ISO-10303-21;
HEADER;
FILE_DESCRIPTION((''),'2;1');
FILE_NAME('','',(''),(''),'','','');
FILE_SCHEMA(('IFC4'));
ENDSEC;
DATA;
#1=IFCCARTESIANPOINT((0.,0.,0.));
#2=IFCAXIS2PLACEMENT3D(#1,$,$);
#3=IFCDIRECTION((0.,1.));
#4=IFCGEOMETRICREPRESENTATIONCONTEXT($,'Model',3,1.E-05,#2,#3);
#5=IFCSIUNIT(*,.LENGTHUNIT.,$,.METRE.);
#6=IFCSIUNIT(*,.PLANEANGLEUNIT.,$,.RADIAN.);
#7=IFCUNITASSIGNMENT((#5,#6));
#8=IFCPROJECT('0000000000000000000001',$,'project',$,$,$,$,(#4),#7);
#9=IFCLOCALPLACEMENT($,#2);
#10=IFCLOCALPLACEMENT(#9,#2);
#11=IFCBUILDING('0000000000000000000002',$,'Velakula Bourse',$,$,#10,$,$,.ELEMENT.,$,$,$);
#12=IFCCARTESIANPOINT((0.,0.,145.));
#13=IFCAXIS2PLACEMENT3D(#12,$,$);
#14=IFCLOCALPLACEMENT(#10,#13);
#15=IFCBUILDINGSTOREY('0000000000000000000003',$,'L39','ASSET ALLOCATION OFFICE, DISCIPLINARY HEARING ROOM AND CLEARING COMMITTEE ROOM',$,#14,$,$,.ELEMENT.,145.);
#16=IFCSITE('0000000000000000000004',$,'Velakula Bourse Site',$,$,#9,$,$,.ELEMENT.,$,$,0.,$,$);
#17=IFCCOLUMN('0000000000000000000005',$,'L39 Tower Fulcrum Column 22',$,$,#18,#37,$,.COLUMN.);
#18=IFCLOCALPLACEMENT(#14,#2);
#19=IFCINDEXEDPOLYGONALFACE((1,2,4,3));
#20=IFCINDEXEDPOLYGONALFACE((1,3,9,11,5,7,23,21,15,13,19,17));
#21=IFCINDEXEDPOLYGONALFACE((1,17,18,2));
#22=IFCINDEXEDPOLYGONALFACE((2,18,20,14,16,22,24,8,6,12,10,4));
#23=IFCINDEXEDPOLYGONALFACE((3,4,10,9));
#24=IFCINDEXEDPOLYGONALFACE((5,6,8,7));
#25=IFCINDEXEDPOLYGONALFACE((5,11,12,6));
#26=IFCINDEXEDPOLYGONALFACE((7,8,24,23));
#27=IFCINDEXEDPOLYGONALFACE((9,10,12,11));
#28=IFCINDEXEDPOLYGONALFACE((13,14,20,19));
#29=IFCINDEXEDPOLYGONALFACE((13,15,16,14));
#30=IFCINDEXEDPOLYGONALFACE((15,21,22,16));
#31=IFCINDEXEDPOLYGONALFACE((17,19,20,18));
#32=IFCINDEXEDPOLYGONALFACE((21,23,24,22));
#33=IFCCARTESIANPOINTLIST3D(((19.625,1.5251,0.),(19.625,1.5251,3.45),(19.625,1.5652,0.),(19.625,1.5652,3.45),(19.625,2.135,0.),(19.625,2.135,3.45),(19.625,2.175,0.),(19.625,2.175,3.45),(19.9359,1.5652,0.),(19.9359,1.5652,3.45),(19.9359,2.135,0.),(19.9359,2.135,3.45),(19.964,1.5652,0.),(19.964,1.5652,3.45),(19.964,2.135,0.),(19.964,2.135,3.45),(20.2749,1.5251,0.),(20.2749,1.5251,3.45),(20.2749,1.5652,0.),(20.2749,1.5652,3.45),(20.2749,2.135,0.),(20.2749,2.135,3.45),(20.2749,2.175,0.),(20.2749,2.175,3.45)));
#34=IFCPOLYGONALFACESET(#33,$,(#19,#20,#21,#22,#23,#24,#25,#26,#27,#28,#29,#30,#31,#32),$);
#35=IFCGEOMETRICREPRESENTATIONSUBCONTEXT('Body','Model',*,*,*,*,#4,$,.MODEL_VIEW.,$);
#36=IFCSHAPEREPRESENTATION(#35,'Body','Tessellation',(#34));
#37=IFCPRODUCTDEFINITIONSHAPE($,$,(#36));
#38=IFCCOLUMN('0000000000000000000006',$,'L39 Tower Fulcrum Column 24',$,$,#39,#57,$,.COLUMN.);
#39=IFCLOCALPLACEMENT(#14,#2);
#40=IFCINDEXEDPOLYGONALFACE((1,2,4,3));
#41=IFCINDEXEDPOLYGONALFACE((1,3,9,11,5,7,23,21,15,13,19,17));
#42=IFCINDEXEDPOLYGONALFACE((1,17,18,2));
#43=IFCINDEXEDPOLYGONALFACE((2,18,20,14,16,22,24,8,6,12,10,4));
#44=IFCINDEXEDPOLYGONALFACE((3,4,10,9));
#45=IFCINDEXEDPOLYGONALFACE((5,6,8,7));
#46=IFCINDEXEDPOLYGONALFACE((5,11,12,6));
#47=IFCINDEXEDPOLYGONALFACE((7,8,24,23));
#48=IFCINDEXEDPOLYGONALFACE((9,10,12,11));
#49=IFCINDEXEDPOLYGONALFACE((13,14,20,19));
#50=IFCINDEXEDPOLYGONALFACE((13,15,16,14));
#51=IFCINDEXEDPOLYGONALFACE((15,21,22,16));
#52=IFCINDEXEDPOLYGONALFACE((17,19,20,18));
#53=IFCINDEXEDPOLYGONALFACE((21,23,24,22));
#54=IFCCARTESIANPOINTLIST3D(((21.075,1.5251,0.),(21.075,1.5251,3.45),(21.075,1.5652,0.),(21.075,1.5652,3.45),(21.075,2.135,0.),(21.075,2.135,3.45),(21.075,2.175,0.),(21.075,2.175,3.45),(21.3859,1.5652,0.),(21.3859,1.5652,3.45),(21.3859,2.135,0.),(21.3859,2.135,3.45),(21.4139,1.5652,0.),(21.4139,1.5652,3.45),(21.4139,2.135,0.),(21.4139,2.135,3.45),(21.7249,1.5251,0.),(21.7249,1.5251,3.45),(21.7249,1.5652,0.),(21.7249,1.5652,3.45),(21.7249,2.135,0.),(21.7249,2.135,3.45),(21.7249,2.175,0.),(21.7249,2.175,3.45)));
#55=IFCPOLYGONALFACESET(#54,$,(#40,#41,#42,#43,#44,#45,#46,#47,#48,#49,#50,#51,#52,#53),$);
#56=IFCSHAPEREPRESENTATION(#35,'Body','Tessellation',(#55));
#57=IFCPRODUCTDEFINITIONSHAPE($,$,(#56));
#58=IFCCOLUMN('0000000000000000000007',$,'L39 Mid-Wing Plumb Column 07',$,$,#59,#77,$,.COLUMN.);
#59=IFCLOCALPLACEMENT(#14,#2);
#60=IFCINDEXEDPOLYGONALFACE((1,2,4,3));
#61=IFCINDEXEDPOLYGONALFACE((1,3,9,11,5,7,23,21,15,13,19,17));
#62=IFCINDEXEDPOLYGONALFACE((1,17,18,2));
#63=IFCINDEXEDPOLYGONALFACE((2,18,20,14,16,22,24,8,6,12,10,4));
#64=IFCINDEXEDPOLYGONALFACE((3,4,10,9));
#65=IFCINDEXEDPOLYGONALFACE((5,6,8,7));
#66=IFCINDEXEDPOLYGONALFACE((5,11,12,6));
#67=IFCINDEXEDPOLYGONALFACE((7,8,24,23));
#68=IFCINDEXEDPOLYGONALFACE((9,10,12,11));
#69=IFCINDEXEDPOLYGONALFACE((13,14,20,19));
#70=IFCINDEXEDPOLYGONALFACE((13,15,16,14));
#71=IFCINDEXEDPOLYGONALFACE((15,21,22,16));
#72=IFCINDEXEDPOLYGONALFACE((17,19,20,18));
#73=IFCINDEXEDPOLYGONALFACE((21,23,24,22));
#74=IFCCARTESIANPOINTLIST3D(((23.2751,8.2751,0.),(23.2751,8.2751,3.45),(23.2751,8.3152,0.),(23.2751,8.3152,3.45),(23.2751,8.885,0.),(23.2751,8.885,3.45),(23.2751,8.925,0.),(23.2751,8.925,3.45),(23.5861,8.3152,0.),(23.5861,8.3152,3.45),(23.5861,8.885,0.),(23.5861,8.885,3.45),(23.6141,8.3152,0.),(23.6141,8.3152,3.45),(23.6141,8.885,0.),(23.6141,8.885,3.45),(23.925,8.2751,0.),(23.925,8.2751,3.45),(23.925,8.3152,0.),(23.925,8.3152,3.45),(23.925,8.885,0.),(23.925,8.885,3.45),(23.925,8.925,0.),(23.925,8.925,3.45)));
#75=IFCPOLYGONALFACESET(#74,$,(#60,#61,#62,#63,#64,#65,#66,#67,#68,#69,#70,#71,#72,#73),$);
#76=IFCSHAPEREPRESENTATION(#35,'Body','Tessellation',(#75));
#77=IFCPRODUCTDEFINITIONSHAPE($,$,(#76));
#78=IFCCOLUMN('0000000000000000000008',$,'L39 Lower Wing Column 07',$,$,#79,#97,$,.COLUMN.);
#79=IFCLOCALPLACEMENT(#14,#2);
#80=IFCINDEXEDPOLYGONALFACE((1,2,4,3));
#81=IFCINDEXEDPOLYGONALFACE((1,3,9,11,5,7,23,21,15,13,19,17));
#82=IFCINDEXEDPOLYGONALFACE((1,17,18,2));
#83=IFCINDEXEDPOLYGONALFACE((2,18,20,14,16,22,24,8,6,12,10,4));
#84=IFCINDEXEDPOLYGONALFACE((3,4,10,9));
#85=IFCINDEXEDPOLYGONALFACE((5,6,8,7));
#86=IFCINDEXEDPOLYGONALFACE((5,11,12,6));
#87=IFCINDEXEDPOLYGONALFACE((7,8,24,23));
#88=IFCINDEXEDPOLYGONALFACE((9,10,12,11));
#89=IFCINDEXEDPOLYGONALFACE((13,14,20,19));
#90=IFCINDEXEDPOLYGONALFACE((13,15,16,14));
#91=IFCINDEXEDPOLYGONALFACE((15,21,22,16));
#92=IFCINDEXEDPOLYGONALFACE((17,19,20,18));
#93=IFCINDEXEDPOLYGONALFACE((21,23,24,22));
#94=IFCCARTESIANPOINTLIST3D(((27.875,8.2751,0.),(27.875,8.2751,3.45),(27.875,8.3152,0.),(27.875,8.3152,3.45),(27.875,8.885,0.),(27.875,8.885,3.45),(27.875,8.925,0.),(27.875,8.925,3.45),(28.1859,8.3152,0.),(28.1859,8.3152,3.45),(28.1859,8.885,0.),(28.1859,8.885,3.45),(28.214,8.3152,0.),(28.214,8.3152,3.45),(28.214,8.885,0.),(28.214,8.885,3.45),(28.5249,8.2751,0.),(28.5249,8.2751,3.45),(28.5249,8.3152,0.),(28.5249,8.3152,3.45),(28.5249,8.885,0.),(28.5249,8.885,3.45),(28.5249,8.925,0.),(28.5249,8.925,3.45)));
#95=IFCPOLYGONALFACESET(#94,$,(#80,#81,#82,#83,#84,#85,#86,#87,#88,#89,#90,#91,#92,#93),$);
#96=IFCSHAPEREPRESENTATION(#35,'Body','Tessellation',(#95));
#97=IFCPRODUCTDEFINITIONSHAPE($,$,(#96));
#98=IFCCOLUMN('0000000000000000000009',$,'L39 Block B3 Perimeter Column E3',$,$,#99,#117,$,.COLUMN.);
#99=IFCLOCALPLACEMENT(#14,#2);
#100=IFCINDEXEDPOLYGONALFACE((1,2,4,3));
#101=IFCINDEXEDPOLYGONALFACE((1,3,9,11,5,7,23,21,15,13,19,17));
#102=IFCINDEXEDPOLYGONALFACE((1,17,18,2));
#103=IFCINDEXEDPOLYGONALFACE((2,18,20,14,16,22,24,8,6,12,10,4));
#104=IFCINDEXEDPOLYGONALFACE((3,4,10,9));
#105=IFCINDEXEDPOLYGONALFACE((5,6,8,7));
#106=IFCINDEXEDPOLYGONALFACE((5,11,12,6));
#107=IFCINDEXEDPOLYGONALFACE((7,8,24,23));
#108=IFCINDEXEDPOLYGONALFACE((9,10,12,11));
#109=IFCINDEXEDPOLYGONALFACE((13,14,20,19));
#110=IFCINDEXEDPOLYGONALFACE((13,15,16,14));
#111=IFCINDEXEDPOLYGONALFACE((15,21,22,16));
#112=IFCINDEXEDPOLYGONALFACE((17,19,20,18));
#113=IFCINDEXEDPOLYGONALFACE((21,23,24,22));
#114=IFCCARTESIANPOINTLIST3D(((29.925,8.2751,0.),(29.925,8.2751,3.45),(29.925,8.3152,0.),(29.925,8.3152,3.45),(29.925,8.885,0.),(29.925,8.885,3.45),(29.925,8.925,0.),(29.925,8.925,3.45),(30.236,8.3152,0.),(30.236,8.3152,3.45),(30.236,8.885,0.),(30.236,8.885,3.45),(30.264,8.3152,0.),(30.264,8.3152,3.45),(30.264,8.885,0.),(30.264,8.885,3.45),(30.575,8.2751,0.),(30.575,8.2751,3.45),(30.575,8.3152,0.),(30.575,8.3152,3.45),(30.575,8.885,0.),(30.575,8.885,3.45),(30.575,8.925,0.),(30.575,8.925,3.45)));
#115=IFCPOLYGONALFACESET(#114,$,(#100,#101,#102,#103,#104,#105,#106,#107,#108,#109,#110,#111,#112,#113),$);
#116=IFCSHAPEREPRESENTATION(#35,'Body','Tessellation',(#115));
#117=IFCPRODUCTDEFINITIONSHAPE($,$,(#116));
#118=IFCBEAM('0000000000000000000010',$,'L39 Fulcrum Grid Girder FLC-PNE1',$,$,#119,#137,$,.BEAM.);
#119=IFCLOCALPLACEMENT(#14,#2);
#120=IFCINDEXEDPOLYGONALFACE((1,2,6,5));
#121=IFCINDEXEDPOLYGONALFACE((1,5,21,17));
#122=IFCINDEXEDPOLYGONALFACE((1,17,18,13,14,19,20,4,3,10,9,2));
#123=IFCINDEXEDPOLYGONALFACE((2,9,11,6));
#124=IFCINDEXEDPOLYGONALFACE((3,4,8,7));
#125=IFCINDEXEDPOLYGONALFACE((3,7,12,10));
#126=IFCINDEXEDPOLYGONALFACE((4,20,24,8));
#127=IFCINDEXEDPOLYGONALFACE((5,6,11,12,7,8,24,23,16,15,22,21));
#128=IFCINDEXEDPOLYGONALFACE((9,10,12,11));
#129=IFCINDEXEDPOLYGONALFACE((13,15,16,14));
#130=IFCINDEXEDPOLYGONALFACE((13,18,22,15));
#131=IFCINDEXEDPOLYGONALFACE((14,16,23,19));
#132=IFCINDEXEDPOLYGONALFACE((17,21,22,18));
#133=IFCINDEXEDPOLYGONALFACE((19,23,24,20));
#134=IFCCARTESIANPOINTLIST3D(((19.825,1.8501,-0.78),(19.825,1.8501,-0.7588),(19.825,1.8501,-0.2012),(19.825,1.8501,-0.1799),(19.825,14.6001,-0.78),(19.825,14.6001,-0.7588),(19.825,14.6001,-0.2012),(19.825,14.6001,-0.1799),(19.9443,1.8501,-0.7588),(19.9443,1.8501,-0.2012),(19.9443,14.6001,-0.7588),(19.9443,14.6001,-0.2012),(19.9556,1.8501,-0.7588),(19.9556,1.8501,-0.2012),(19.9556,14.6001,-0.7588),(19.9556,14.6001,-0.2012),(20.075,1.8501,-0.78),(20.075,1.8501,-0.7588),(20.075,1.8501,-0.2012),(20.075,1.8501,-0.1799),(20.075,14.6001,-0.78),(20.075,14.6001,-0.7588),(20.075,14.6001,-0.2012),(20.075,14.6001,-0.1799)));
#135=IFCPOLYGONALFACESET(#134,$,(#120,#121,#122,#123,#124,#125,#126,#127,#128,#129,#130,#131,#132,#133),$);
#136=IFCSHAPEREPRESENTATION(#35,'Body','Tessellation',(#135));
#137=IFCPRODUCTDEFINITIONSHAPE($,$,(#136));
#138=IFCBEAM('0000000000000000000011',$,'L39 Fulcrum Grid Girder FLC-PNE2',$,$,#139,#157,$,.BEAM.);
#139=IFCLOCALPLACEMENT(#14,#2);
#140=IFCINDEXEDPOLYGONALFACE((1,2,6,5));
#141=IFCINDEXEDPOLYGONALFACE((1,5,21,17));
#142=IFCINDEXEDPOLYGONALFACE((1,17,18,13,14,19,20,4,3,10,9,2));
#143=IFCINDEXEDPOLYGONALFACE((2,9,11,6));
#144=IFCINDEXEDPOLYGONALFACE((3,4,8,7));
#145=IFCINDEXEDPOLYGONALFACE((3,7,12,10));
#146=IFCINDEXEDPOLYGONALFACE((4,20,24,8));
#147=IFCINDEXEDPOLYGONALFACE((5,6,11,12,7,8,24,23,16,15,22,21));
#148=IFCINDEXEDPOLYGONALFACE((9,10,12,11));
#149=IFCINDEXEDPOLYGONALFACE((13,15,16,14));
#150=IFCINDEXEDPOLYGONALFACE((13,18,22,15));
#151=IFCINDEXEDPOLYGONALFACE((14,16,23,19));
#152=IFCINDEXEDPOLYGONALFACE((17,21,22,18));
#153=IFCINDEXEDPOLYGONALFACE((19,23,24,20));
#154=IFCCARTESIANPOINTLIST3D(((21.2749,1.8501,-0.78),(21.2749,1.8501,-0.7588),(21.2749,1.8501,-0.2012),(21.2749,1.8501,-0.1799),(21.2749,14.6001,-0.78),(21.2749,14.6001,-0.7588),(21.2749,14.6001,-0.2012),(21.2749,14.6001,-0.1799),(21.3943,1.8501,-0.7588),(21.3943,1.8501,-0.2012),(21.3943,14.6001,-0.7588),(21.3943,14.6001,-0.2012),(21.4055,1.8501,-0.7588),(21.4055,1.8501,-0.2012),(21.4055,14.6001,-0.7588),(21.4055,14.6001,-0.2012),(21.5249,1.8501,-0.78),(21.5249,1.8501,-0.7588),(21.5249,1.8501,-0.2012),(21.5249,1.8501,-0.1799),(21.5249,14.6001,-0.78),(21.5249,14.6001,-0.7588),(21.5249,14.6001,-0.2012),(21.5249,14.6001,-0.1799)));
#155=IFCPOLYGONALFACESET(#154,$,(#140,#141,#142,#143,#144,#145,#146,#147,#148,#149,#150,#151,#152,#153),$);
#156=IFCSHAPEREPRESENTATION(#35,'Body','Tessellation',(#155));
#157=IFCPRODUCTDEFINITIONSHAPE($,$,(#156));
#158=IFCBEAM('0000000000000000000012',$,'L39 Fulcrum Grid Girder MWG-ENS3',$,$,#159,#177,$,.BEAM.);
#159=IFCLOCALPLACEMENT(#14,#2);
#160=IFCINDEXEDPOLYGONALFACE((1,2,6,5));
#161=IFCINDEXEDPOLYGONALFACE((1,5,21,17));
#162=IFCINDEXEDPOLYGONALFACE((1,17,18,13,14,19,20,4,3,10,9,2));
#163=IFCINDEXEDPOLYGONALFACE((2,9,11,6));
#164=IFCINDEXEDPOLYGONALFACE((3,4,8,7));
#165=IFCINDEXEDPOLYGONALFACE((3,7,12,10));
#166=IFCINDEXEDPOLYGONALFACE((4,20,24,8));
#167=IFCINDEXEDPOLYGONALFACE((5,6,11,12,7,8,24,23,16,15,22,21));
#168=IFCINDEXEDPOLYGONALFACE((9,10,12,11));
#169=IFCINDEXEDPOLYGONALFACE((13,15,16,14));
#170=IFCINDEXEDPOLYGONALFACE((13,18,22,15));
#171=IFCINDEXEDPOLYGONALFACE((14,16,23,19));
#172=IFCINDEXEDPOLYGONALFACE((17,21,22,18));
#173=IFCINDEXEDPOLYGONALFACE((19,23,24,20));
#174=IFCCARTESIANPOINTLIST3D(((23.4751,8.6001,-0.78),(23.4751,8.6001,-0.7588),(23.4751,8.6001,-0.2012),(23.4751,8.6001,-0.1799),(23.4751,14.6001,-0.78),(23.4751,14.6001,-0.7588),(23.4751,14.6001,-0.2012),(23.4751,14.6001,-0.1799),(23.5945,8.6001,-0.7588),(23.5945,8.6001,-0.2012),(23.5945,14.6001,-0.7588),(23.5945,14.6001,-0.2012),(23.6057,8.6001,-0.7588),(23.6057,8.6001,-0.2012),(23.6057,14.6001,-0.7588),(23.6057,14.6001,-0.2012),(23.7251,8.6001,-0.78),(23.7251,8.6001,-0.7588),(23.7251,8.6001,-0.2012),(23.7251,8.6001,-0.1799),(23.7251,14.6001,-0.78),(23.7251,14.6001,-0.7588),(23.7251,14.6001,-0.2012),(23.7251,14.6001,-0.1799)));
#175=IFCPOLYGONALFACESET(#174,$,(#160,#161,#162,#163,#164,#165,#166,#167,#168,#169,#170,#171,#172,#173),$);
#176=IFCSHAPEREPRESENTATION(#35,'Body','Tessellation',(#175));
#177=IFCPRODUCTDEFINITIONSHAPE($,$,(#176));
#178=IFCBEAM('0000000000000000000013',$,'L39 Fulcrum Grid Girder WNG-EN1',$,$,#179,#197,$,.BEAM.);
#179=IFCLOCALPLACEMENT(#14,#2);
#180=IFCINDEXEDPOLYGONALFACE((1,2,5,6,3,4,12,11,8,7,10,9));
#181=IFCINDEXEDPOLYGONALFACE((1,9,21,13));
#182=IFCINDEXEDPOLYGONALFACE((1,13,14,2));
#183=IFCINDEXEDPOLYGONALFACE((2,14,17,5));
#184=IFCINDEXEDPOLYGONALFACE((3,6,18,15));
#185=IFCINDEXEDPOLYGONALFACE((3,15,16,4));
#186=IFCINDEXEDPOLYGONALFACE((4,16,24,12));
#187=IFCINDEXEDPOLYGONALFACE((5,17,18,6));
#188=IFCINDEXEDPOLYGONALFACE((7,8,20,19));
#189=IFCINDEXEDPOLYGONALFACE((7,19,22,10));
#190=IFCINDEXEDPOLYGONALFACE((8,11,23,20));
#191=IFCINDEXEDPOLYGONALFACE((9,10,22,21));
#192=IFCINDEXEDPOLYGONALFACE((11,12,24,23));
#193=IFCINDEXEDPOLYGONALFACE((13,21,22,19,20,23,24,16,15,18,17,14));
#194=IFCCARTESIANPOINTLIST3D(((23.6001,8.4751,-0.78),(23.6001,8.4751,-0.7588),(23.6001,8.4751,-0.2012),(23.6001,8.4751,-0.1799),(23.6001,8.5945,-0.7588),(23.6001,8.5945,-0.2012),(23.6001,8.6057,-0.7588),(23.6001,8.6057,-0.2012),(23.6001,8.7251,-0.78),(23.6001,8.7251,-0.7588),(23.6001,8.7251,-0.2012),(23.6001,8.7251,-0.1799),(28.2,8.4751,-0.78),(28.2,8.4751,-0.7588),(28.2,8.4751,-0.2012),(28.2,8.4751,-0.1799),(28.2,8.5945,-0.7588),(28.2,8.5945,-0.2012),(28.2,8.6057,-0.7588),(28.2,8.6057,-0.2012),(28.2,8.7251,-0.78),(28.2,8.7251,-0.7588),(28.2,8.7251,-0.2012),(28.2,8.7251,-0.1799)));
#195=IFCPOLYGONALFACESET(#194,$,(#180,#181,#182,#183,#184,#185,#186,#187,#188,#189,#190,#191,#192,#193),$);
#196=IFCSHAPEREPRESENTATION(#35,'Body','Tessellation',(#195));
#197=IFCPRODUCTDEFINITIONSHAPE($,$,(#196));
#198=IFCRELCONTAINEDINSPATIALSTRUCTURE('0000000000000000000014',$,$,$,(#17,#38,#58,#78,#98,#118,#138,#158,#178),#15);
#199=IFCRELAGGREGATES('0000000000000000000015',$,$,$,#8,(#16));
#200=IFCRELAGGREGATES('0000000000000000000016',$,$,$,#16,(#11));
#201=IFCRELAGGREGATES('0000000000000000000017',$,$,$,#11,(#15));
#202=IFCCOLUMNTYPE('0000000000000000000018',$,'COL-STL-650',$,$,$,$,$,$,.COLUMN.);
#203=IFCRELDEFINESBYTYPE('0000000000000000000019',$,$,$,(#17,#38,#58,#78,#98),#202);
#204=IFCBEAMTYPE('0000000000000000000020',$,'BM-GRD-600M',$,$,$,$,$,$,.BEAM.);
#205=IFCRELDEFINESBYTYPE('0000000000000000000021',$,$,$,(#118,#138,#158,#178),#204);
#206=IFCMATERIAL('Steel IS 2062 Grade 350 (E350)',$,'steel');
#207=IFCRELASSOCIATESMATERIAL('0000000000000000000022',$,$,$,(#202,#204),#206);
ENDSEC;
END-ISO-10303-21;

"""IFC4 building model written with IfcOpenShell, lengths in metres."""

from ifc_helpers import new_model, si_unit, direction, frame, origin, origin_2d, place, context, subcontext, project, spatial, i_section, extrude, material, material_profile, profile_set, type_object, element, save


model = new_model("IFC4")

# Units and contexts
model_context = context("Model", 3, precision=1e-05, world=origin(), true_north=direction((0.0, 1.0)))
body_context = subcontext(model_context, "Body", "Model", "MODEL_VIEW")
ifc_project = project(units=[si_unit("LENGTHUNIT", "METRE"), si_unit("PLANEANGLEUNIT", "RADIAN")], contexts=[model_context])

# Site, building, storey
site_placement = place(None, origin())
site = spatial("IfcSite", under=ifc_project, at=site_placement, Name="Velakula Bourse Site", CompositionType="ELEMENT", RefElevation=0.0)
building_placement = place(site_placement, origin())
building = spatial("IfcBuilding", under=site, at=building_placement, Name="Velakula Bourse", CompositionType="ELEMENT")
storey_placement = place(building_placement, frame((0.0, 0.0, 145.0)))
storey = spatial("IfcBuildingStorey", under=building, at=storey_placement, Name="L39", Description="ASSET ALLOCATION OFFICE, DISCIPLINARY HEARING ROOM AND CLEARING COMMITTEE ROOM", CompositionType="ELEMENT", Elevation=145.0)

# Columns
ifc_material_1 = material(Name="Steel IS 2062 Grade 350 (E350)", Category="steel")
ifc_material_profile_1 = material_profile(ifc_material_1, i_section(OverallWidth=0.6499, OverallDepth=0.6499, WebThickness=0.0281, FlangeThickness=0.04, at=origin_2d()), Name="Steel IS 2062 Grade 350 (E350)")
ifc_profile_set_1 = profile_set([ifc_material_profile_1], Name="Steel IS 2062 Grade 350 (E350)")
column_type = type_object("IfcColumnType", Name="COL-STL-650", PredefinedType="COLUMN", material=ifc_profile_set_1)
for number, where, z_axis, x_axis, name in (
    (1, (19.95, 1.8501, 0.0), (0.0, 0.0, 1.0), (1.0, 0.0, 0.0), "L39 Tower Fulcrum Column 22"),
    (2, (21.3999, 1.8501, 0.0), (0.0, 0.0, 1.0), (1.0, 0.0, 0.0), "L39 Tower Fulcrum Column 24"),
    (3, (23.6001, 8.6001, 0.0), (0.0, 0.0, 1.0), (1.0, 0.0, 0.0), "L39 Mid-Wing Plumb Column 07"),
    (4, (28.2, 8.6001, 0.0), (0.0, 0.0, 1.0), (1.0, 0.0, 0.0), "L39 Lower Wing Column 07"),
    (5, (30.25, 8.6001, 0.0), (0.0, 0.0, 1.0), (1.0, 0.0, 0.0), "L39 Block B3 Perimeter Column E3"),
):
    element("IfcColumn", number, at=place(storey_placement, frame(where, z_axis=z_axis, x_axis=x_axis)), inside=storey, type_object=column_type, Name=name, PredefinedType="COLUMN", context=body_context, shape_type="SweptSolid", body=[
        extrude(i_section(OverallWidth=0.6499, OverallDepth=0.6499, WebThickness=0.0281, FlangeThickness=0.04, at=origin_2d()), origin(), (0.0, 0.0, 1.0), 3.45),
    ])

# Beams
ifc_material_profile_2 = material_profile(ifc_material_1, i_section(OverallWidth=0.25, OverallDepth=0.6001, WebThickness=0.0112, FlangeThickness=0.0212, at=origin_2d()), Name="Steel IS 2062 Grade 350 (E350)")
ifc_profile_set_2 = profile_set([ifc_material_profile_2], Name="Steel IS 2062 Grade 350 (E350)")
beam_type_1 = type_object("IfcBeamType", Name="BM-GRD-600M", PredefinedType="BEAM", material=ifc_profile_set_2)
for number, where, z_axis, x_axis, name in (
    (6, (19.95, 1.8501, -0.48), (0.0, 1.0, 0.0), (-1.0, 0.0, 0.0), "L39 Fulcrum Grid Girder FLC-PNE1"),
    (7, (21.3999, 1.8501, -0.48), (0.0, 1.0, 0.0), (-1.0, 0.0, 0.0), "L39 Fulcrum Grid Girder FLC-PNE2"),
):
    element("IfcBeam", number, at=place(storey_placement, frame(where, z_axis=z_axis, x_axis=x_axis)), inside=storey, type_object=beam_type_1, Name=name, PredefinedType="BEAM", context=body_context, shape_type="SweptSolid", body=[
        extrude(i_section(OverallWidth=0.25, OverallDepth=0.6001, WebThickness=0.0112, FlangeThickness=0.0212, at=origin_2d()), origin(), (0.0, 0.0, 1.0), 12.75),
    ])
beam_1_placement = place(storey_placement, frame((23.6001, 8.6001, -0.48), z_axis=(0.0, 1.0, 0.0), x_axis=(-1.0, 0.0, 0.0)))
element("IfcBeam", 8, at=beam_1_placement, inside=storey, type_object=beam_type_1, Name="L39 Fulcrum Grid Girder MWG-ENS3", PredefinedType="BEAM", context=body_context, shape_type="SweptSolid", body=[
    extrude(i_section(OverallWidth=0.25, OverallDepth=0.6001, WebThickness=0.0112, FlangeThickness=0.0212, at=origin_2d()), origin(), (0.0, 0.0, 1.0), 6.0),
])
beam_2_placement = place(storey_placement, frame((23.6001, 8.6001, -0.48), z_axis=(1.0, 0.0, 0.0), x_axis=(0.0, 1.0, 0.0)))
element("IfcBeam", 9, at=beam_2_placement, inside=storey, type_object=beam_type_1, Name="L39 Fulcrum Grid Girder WNG-EN1", PredefinedType="BEAM", context=body_context, shape_type="SweptSolid", body=[
    extrude(i_section(OverallWidth=0.25, OverallDepth=0.6001, WebThickness=0.0112, FlangeThickness=0.0212, at=origin_2d()), origin(), (0.0, 0.0, 1.0), 4.5999),
])

save(model, "model.ifc")
